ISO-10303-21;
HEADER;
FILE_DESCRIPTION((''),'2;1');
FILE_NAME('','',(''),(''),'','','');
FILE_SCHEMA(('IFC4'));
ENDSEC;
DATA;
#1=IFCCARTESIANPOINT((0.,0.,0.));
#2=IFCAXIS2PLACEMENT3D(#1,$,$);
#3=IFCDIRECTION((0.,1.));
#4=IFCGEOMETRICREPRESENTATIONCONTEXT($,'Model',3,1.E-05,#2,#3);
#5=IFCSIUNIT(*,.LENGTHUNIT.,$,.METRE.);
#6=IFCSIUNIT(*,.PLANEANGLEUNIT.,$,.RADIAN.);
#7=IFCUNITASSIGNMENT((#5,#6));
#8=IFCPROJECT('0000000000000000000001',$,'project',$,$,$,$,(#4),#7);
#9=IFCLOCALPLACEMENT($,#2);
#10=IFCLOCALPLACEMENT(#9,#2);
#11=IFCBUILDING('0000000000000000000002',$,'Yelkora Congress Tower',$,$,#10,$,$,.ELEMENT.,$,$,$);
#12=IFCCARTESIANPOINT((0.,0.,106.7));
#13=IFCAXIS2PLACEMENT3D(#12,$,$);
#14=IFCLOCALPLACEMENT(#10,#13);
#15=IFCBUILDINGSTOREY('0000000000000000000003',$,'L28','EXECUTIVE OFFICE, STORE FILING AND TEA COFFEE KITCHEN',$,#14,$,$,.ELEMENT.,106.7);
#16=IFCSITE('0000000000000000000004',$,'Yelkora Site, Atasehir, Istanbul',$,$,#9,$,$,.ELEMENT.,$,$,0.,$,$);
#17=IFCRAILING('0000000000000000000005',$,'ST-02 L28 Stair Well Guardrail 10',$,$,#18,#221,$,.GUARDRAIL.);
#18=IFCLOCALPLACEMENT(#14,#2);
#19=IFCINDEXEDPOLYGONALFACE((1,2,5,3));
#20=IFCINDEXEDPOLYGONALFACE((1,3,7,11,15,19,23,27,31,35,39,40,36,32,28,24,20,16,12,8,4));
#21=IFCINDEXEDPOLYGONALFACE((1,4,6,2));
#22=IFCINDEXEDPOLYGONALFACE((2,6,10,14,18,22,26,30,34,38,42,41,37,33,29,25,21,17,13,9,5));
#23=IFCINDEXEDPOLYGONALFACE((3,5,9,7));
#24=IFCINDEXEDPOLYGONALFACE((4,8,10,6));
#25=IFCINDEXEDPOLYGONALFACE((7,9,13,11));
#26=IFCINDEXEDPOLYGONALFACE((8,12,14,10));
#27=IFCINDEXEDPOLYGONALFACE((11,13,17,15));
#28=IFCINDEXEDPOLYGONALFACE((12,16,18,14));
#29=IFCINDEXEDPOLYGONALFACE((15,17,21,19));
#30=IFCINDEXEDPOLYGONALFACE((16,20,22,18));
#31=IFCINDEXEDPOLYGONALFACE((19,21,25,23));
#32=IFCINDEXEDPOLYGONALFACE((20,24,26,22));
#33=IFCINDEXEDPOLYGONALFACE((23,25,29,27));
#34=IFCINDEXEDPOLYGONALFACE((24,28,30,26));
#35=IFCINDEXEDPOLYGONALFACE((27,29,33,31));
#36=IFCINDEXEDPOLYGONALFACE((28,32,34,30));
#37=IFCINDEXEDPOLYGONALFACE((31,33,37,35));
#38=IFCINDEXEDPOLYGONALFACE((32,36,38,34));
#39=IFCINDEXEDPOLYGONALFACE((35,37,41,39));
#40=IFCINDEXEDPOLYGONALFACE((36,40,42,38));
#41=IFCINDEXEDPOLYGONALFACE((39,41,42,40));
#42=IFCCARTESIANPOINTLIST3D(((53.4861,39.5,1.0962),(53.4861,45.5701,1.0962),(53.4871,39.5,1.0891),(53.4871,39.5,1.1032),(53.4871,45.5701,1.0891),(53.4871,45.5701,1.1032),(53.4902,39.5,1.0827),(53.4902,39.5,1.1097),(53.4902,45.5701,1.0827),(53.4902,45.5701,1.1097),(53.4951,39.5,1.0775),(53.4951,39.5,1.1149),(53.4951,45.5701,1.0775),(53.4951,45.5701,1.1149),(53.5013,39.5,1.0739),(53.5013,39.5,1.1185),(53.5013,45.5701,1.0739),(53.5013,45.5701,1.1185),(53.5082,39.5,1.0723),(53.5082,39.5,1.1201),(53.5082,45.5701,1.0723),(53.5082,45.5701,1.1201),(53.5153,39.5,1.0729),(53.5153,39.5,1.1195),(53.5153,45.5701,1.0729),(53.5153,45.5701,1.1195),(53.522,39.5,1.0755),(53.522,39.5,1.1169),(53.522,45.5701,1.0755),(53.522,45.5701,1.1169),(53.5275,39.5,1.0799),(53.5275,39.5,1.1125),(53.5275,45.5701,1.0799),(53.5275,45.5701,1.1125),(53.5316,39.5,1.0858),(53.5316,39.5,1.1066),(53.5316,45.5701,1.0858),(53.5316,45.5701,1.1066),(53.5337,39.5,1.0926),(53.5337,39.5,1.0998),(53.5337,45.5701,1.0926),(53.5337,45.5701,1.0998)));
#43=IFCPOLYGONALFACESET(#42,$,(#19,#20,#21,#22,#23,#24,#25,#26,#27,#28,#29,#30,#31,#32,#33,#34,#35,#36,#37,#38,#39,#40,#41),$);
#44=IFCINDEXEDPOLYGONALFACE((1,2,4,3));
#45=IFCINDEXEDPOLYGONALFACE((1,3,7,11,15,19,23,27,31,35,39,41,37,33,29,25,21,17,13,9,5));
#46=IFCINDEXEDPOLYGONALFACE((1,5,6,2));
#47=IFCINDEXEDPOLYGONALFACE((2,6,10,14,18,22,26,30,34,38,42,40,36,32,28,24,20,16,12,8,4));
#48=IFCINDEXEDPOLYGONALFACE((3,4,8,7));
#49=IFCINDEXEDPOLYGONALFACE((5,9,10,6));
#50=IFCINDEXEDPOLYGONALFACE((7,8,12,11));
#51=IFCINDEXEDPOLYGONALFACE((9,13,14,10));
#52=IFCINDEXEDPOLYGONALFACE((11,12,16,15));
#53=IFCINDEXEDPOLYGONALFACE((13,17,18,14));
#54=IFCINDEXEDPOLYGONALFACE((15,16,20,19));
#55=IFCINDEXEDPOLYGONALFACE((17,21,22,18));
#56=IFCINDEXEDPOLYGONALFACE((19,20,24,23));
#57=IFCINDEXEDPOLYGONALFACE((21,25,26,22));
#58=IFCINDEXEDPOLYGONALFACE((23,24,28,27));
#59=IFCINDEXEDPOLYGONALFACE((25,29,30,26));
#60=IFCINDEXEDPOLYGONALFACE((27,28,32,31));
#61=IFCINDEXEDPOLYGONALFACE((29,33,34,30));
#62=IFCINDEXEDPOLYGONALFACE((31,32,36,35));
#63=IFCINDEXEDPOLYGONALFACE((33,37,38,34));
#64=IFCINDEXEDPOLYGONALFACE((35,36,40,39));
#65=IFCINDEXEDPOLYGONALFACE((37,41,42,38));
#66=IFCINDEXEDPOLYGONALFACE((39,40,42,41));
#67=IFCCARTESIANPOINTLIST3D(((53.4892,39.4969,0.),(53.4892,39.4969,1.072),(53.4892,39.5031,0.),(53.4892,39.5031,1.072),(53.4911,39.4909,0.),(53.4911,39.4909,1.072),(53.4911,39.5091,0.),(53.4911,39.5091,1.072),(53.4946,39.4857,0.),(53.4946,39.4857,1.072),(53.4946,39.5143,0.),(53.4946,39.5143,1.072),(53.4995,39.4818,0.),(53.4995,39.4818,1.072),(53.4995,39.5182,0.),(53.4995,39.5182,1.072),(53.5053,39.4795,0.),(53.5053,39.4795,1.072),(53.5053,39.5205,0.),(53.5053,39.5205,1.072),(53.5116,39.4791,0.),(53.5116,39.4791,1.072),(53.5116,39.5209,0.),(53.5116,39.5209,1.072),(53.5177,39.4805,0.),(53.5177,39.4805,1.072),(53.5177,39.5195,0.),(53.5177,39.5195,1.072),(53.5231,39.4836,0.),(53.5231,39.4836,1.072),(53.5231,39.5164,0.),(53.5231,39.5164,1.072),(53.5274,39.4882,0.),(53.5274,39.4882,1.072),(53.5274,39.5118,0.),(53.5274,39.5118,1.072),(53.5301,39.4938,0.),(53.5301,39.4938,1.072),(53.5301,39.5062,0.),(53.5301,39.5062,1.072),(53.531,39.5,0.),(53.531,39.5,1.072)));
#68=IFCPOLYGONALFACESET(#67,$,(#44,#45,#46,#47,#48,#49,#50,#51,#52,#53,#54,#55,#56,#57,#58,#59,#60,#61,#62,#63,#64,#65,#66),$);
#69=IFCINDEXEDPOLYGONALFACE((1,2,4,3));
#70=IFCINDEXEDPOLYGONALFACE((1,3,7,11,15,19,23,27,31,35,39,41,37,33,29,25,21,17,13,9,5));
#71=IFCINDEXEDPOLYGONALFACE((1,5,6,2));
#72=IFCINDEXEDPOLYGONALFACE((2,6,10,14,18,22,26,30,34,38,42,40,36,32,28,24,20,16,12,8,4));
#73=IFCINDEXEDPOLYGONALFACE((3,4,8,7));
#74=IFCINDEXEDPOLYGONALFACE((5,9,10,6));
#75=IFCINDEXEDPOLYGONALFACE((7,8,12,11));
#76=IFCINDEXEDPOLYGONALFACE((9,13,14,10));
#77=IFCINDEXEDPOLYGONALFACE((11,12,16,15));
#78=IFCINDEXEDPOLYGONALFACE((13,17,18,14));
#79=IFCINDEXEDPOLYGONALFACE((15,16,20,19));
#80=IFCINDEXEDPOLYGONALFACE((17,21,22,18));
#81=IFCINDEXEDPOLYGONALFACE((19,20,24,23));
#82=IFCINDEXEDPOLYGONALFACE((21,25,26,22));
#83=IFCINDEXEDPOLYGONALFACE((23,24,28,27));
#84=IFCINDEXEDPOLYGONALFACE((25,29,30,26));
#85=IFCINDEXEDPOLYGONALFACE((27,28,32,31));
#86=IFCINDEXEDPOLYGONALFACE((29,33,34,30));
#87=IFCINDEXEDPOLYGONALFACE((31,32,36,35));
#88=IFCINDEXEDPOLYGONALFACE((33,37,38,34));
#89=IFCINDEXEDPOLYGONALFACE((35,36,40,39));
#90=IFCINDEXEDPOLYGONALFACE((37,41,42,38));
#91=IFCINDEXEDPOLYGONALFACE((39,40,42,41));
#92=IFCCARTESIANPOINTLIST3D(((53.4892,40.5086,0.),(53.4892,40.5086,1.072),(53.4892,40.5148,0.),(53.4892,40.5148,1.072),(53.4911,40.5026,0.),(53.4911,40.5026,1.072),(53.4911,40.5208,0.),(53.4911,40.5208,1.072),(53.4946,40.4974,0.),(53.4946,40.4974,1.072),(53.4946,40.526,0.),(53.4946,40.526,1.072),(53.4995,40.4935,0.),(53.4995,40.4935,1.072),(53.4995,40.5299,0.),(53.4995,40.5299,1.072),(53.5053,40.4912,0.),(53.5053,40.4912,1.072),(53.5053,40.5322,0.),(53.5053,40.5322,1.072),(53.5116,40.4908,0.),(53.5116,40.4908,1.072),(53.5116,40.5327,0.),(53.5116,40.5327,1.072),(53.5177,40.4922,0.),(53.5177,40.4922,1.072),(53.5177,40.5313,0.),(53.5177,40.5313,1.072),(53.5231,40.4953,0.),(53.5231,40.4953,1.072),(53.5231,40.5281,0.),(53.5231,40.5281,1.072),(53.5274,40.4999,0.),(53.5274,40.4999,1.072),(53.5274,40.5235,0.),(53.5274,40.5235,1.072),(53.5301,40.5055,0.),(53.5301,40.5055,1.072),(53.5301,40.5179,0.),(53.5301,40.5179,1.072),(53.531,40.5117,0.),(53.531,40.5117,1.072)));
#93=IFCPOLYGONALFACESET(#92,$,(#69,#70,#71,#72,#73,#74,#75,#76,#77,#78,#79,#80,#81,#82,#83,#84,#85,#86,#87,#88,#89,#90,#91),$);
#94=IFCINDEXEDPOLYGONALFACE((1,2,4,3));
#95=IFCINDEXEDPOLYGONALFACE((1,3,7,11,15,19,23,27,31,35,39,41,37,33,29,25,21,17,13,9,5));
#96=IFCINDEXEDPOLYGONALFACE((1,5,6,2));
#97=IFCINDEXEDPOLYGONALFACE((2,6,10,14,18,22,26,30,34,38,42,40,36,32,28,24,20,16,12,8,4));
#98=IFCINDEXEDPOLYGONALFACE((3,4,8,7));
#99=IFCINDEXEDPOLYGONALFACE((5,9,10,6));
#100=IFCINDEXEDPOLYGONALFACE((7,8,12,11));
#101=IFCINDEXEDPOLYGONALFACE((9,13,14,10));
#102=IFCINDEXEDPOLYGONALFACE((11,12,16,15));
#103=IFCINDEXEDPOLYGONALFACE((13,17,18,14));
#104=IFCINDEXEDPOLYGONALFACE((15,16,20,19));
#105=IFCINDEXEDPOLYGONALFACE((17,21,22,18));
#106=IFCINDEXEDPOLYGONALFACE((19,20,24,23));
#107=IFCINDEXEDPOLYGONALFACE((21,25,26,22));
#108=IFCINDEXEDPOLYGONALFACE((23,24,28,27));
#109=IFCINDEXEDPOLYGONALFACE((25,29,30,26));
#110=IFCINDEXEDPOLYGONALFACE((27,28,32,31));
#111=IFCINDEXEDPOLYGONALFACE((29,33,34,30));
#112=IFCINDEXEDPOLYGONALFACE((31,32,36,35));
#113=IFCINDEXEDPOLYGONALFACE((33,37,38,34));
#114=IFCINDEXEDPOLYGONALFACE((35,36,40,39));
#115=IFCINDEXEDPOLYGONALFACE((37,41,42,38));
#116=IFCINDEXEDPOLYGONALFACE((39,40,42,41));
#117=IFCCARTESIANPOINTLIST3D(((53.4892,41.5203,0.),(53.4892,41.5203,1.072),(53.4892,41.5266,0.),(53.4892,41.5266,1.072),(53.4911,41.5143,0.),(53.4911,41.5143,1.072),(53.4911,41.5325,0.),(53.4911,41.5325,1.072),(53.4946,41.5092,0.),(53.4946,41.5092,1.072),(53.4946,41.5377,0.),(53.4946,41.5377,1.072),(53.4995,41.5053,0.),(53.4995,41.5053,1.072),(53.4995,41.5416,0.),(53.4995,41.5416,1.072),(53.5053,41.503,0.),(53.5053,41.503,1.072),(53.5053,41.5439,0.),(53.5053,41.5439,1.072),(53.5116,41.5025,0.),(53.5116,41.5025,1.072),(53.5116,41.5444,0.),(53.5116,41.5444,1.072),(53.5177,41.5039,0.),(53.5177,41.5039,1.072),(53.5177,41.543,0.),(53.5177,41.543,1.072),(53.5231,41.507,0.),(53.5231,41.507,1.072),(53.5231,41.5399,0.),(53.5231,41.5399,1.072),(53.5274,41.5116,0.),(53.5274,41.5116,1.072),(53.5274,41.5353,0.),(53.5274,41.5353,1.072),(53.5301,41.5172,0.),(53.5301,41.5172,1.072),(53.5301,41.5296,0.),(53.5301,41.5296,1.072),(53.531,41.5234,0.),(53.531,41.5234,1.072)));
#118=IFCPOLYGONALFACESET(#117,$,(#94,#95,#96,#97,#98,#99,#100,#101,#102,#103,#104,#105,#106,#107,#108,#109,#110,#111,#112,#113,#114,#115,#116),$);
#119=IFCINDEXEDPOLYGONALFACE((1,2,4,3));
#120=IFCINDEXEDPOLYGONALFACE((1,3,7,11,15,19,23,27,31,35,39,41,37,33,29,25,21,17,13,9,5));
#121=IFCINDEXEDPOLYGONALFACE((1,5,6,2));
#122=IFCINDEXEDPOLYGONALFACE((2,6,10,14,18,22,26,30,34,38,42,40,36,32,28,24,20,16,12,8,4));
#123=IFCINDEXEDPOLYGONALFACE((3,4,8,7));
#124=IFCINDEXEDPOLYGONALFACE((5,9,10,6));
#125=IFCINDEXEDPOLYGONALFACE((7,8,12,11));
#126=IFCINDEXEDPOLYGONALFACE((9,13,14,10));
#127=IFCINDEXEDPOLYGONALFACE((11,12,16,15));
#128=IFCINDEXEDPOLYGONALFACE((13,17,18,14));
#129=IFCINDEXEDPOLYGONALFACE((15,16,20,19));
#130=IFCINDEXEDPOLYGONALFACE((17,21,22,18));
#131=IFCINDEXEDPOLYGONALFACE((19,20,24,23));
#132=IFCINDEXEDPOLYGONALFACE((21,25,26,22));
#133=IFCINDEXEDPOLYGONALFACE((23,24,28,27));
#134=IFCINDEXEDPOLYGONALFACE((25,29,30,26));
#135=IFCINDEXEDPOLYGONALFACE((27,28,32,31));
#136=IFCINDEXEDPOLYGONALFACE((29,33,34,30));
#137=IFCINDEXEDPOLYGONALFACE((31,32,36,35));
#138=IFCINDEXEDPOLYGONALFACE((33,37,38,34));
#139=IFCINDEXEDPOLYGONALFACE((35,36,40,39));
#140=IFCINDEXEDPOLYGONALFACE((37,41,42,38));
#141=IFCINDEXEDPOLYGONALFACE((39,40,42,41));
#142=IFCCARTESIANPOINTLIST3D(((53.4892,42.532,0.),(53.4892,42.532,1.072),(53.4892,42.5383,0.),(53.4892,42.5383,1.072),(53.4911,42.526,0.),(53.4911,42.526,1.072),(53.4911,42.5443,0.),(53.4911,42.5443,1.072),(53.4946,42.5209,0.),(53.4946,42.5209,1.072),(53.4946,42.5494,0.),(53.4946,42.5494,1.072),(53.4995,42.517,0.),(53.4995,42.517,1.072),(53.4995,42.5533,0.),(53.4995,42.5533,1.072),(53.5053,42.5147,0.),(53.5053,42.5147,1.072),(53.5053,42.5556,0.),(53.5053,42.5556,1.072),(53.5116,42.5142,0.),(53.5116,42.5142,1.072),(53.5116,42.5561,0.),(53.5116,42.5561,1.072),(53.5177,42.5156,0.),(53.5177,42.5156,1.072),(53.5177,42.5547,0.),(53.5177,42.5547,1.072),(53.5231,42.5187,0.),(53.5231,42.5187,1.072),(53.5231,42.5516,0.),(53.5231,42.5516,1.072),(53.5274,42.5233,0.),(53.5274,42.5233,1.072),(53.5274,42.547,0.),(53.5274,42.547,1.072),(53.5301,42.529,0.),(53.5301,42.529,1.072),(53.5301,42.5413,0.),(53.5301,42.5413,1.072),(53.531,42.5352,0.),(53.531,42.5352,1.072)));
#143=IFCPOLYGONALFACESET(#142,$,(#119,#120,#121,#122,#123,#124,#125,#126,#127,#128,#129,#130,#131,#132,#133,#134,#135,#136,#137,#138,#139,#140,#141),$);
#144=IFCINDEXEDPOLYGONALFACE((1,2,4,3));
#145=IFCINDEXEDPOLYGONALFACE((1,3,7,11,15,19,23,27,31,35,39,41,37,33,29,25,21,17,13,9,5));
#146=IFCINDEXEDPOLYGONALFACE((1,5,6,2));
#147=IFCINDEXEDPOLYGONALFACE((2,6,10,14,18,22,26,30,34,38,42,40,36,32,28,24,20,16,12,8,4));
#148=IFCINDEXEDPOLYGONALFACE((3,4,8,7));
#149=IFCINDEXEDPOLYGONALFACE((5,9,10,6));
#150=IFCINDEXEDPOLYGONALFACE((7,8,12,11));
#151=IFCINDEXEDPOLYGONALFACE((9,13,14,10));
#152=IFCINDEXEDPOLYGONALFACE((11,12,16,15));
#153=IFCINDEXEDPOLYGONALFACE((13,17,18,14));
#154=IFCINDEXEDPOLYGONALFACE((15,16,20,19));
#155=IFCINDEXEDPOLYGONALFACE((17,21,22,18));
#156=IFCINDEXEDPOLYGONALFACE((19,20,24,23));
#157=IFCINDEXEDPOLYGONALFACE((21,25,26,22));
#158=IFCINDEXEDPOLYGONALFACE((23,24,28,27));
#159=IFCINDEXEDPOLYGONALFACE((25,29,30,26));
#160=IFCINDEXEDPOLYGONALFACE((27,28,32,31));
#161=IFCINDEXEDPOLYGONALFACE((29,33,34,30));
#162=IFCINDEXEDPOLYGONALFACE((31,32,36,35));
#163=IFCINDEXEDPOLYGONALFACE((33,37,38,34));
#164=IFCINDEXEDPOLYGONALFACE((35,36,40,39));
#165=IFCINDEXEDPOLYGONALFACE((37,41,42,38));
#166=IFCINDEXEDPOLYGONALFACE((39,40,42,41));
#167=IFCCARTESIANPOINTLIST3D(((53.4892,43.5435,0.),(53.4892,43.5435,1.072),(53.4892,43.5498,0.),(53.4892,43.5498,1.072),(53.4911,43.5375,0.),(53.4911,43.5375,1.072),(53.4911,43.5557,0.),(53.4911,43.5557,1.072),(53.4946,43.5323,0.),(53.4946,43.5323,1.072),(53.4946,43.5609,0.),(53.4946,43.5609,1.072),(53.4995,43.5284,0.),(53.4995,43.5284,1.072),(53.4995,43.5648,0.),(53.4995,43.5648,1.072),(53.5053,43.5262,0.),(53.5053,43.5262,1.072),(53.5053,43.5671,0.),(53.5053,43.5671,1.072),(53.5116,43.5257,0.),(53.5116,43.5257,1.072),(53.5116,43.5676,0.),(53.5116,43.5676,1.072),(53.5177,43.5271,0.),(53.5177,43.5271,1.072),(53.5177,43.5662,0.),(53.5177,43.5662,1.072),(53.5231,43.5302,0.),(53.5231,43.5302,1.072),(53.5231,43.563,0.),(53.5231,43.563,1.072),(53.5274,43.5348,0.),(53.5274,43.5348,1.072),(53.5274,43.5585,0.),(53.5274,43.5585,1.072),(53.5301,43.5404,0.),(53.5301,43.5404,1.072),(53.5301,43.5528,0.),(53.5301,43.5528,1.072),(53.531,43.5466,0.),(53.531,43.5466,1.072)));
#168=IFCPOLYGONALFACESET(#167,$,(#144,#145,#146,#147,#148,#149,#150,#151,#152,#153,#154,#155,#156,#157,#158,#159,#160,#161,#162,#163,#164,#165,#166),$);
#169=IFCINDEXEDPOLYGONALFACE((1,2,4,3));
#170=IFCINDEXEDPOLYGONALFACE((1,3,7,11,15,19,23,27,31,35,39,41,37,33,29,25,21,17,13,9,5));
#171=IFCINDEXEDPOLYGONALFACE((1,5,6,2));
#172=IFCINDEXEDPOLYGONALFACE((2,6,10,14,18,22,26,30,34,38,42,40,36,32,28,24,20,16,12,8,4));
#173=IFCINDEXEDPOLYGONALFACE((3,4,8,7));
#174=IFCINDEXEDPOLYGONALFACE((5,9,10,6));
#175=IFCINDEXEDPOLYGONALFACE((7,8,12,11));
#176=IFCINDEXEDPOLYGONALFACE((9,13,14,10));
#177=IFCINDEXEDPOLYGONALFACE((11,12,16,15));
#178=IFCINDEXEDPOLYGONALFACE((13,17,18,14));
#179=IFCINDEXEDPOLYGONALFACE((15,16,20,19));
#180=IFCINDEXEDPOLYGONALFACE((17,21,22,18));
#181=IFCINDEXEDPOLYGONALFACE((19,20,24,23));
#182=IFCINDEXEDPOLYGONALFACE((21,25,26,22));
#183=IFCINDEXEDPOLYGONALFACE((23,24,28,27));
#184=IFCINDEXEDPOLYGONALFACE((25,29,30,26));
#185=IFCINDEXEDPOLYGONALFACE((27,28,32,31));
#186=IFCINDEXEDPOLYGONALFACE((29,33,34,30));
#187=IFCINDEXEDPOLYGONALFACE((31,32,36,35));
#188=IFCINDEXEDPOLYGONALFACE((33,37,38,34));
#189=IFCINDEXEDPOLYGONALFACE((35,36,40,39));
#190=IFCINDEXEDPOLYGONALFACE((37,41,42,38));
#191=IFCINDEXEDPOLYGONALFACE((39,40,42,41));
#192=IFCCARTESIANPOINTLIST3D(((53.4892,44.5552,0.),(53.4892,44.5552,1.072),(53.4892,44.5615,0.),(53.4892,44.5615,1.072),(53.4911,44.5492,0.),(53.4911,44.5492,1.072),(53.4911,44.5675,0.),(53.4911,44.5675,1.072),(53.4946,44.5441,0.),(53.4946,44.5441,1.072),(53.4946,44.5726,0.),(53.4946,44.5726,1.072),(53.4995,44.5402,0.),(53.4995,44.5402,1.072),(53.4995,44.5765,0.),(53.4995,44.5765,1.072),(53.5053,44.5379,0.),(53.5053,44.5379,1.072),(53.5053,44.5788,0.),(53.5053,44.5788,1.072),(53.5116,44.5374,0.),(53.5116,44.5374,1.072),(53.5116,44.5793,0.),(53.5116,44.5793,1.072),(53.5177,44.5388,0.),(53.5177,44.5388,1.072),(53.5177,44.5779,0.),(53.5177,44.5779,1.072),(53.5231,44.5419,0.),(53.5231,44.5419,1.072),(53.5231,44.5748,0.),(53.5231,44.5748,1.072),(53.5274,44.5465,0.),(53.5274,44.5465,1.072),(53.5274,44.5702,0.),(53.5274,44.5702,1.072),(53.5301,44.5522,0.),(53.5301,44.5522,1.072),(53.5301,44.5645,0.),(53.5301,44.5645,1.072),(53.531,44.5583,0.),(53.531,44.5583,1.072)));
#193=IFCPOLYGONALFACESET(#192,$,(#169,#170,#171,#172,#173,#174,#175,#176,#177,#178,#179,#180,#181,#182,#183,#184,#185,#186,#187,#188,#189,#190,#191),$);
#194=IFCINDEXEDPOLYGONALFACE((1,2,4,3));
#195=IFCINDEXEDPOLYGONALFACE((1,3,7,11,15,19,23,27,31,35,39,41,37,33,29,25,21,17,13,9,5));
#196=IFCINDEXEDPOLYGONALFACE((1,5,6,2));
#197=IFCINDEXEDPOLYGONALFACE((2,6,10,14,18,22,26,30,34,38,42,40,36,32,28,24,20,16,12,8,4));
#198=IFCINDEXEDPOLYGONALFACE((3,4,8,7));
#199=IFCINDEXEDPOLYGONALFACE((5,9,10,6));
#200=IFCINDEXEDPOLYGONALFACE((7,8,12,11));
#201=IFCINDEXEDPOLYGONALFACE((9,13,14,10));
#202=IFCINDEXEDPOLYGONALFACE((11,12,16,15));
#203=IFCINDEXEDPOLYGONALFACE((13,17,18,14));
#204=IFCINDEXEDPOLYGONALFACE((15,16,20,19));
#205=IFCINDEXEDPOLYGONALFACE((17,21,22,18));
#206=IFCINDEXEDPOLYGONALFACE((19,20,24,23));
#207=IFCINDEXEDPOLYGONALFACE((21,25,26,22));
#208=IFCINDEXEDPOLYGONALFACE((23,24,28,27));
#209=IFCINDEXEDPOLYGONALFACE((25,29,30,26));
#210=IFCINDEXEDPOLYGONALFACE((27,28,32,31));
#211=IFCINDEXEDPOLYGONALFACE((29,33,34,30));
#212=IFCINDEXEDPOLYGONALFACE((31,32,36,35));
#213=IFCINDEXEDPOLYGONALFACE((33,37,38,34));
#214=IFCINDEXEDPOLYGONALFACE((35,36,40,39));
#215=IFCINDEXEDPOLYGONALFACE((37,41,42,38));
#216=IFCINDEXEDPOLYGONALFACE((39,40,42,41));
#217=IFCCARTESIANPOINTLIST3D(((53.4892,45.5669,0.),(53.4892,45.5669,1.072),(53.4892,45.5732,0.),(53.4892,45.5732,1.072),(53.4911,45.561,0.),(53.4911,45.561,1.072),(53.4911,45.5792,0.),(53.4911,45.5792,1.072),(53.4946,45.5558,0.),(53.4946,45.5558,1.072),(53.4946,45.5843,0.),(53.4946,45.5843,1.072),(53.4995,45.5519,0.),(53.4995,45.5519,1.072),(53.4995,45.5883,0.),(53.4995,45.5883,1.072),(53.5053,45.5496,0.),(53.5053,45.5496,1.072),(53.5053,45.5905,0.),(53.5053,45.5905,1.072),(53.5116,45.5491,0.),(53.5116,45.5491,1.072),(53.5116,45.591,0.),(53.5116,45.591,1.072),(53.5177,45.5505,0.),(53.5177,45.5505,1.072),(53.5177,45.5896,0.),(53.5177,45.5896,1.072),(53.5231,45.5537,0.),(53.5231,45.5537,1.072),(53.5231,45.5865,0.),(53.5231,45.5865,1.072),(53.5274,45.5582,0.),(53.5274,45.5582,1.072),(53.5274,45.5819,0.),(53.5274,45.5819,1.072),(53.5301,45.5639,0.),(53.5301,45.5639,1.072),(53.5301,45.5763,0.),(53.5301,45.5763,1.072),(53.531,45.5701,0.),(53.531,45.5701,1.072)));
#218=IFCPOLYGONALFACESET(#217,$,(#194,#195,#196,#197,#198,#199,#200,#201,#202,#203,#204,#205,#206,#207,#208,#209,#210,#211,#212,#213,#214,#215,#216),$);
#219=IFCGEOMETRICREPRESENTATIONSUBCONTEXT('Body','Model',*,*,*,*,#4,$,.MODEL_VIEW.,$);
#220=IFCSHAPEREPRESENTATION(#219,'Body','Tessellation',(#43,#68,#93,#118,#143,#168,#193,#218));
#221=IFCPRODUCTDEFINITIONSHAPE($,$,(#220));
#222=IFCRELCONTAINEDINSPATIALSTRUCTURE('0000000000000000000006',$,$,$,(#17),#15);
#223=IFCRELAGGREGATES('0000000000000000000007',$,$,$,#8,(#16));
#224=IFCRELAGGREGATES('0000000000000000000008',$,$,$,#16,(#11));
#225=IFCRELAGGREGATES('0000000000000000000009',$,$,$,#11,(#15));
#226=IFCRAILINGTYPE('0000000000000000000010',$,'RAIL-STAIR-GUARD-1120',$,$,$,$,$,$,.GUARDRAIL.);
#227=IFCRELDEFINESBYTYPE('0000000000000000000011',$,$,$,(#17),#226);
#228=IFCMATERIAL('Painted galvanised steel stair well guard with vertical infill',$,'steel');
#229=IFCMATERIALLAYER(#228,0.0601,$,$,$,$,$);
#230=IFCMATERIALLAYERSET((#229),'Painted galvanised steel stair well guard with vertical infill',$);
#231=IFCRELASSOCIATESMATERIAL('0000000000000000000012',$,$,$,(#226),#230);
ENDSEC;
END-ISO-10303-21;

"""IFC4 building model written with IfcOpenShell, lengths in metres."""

from ifc_helpers import new_model, si_unit, direction, frame, origin, origin_2d, place, context, subcontext, project, spatial, circle, extrude, material, layer, layer_set, type_object, element, save


model = new_model("IFC4")

# Units and contexts
model_context = context("Model", 3, precision=1e-05, world=origin(), true_north=direction((0.0, 1.0)))
body_context = subcontext(model_context, "Body", "Model", "MODEL_VIEW")
ifc_project = project(units=[si_unit("LENGTHUNIT", "METRE"), si_unit("PLANEANGLEUNIT", "RADIAN")], contexts=[model_context])

# Site, building, storey
site_placement = place(None, origin())
site = spatial("IfcSite", under=ifc_project, at=site_placement, Name="Yelkora Site, Atasehir, Istanbul", CompositionType="ELEMENT", RefElevation=0.0)
building_placement = place(site_placement, origin())
building = spatial("IfcBuilding", under=site, at=building_placement, Name="Yelkora Congress Tower", CompositionType="ELEMENT")
storey_placement = place(building_placement, frame((0.0, 0.0, 106.7)))
storey = spatial("IfcBuildingStorey", under=building, at=storey_placement, Name="L28", Description="EXECUTIVE OFFICE, STORE FILING AND TEA COFFEE KITCHEN", CompositionType="ELEMENT", Elevation=106.7)

# Railing
ifc_material_1 = material(Name="Painted galvanised steel stair well guard with vertical infill", Category="steel")
ifc_layer_1 = layer(ifc_material_1, 0.0601)
ifc_layer_set_1 = layer_set([ifc_layer_1], Name="Painted galvanised steel stair well guard with vertical infill")
railing_type = type_object("IfcRailingType", Name="RAIL-STAIR-GUARD-1120", PredefinedType="GUARDRAIL", material=ifc_layer_set_1)
railing_1_placement = place(storey_placement, frame((53.51, 39.5, 0.0)))
element("IfcRailing", 1, at=railing_1_placement, inside=storey, type_object=railing_type, Name="ST-02 L28 Stair Well Guardrail 10", PredefinedType="GUARDRAIL", context=body_context, shape_type="SweptSolid", body=[
    extrude(circle(Radius=0.0239, at=origin_2d()), frame((0.0, 0.0, 1.0962), z_axis=(0.0, 1.0, 0.0), x_axis=(-1.0, 0.0, 0.0)), (0.0, 0.0, 1.0), 6.0701),
    extrude(circle(Radius=0.021, at=origin_2d()), origin(), (0.0, 0.0, 1.0), 1.072),
    extrude(circle(Radius=0.021, at=origin_2d()), frame((0.0, 1.0117, 0.0)), (0.0, 0.0, 1.0), 1.072),
    extrude(circle(Radius=0.021, at=origin_2d()), frame((0.0, 2.0234, 0.0)), (0.0, 0.0, 1.0), 1.072),
    extrude(circle(Radius=0.021, at=origin_2d()), frame((0.0, 3.0352, 0.0)), (0.0, 0.0, 1.0), 1.072),
    extrude(circle(Radius=0.021, at=origin_2d()), frame((0.0, 4.0466, 0.0)), (0.0, 0.0, 1.0), 1.072),
    extrude(circle(Radius=0.021, at=origin_2d()), frame((0.0, 5.0583, 0.0)), (0.0, 0.0, 1.0), 1.072),
    extrude(circle(Radius=0.021, at=origin_2d()), frame((0.0, 6.0701, 0.0)), (0.0, 0.0, 1.0), 1.072),
])

save(model, "model.ifc")
